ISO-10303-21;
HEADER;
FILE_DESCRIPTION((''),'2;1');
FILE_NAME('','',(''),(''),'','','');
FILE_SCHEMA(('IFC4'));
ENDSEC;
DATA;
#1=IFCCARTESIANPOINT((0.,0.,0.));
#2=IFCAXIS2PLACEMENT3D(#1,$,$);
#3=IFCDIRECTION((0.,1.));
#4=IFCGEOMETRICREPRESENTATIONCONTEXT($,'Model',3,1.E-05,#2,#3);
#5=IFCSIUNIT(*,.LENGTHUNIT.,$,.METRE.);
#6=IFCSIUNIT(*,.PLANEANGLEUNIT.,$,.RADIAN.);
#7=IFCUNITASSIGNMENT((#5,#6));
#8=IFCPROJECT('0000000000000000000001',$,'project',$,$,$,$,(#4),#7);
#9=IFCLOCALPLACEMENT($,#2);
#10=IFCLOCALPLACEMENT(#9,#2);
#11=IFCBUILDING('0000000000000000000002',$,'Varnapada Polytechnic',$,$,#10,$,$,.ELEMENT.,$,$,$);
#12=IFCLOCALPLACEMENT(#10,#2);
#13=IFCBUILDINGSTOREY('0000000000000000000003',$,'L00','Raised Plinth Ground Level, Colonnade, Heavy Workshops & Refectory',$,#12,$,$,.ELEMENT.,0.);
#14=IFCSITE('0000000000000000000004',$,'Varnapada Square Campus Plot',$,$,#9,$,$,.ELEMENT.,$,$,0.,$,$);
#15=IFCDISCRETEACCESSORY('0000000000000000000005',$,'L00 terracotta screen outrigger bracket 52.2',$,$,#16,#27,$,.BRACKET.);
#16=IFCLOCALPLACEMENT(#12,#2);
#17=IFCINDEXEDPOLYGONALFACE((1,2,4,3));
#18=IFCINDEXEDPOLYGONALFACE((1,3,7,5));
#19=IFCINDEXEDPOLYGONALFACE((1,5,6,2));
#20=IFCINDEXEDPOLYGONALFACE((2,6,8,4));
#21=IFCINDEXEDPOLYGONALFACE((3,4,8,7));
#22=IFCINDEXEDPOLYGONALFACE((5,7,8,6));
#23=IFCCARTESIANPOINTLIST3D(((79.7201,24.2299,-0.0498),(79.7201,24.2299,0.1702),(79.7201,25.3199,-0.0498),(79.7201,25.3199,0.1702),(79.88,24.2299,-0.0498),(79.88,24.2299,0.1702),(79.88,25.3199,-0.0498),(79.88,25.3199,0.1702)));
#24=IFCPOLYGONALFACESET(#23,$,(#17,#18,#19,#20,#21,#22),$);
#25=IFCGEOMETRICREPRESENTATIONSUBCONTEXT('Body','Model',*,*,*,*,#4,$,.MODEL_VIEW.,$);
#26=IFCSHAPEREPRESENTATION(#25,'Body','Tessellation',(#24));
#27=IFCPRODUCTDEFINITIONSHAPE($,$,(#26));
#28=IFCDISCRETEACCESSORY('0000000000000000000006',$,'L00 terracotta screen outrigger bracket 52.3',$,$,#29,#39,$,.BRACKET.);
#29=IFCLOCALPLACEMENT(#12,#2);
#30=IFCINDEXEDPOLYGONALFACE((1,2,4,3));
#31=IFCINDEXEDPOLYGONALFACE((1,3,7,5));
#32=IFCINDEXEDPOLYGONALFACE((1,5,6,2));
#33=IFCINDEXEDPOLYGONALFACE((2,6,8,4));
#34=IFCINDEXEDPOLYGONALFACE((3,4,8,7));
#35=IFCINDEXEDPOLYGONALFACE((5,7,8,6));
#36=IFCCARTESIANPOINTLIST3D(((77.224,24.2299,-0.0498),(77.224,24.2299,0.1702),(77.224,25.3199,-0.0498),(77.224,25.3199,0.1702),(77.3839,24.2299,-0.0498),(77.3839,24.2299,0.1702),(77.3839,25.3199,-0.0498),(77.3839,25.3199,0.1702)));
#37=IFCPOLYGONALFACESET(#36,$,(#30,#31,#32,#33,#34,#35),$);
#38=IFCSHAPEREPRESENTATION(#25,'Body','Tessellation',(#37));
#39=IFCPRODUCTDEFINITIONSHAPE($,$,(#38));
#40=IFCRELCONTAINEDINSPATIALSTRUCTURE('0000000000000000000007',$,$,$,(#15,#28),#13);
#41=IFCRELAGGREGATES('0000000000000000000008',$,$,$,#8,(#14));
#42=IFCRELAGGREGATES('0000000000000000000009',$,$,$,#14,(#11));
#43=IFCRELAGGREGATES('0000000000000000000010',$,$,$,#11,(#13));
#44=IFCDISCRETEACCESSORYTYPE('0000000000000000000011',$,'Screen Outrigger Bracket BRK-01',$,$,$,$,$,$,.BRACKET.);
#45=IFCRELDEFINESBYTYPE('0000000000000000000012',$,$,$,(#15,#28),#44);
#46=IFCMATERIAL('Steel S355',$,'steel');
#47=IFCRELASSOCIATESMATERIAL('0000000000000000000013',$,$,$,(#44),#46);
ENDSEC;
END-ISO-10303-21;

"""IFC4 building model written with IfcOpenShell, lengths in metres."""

from ifc_helpers import new_model, si_unit, direction, frame, origin, origin_2d, place, context, subcontext, project, spatial, rectangle, extrude, material, type_object, element, save


model = new_model("IFC4")

# Units and contexts
model_context = context("Model", 3, precision=1e-05, world=origin(), true_north=direction((0.0, 1.0)))
body_context = subcontext(model_context, "Body", "Model", "MODEL_VIEW")
ifc_project = project(units=[si_unit("LENGTHUNIT", "METRE"), si_unit("PLANEANGLEUNIT", "RADIAN")], contexts=[model_context])

# Site, building, storey
site_placement = place(None, origin())
site = spatial("IfcSite", under=ifc_project, at=site_placement, Name="Varnapada Square Campus Plot", CompositionType="ELEMENT", RefElevation=0.0)
building_placement = place(site_placement, origin())
building = spatial("IfcBuilding", under=site, at=building_placement, Name="Varnapada Polytechnic", CompositionType="ELEMENT")
storey_placement = place(building_placement, origin())
storey = spatial("IfcBuildingStorey", under=building, at=storey_placement, Name="L00", Description="Raised Plinth Ground Level, Colonnade, Heavy Workshops & Refectory", CompositionType="ELEMENT", Elevation=0.0)

# Discrete accessories
ifc_material_1 = material(Name="Steel S355", Category="steel")
discrete_accessory_type = type_object("IfcDiscreteAccessoryType", Name="Screen Outrigger Bracket BRK-01", PredefinedType="BRACKET", material=ifc_material_1)
for number, where, z_axis, x_axis, name in (
    (1, (79.8, 24.7749, -0.0498), (0.0, 0.0, 1.0), (-1.0, 0.0, 0.0), "L00 terracotta screen outrigger bracket 52.2"),
    (2, (77.304, 24.7749, -0.0498), (0.0, 0.0, 1.0), (-1.0, 0.0, 0.0), "L00 terracotta screen outrigger bracket 52.3"),
):
    element("IfcDiscreteAccessory", number, at=place(storey_placement, frame(where, z_axis=z_axis, x_axis=x_axis)), inside=storey, type_object=discrete_accessory_type, Name=name, PredefinedType="BRACKET", context=body_context, shape_type="SweptSolid", body=[
        extrude(rectangle(XDim=0.1599, YDim=1.0901, at=origin_2d()), origin(), (0.0, 0.0, 1.0), 0.22),
    ])

save(model, "model.ifc")
